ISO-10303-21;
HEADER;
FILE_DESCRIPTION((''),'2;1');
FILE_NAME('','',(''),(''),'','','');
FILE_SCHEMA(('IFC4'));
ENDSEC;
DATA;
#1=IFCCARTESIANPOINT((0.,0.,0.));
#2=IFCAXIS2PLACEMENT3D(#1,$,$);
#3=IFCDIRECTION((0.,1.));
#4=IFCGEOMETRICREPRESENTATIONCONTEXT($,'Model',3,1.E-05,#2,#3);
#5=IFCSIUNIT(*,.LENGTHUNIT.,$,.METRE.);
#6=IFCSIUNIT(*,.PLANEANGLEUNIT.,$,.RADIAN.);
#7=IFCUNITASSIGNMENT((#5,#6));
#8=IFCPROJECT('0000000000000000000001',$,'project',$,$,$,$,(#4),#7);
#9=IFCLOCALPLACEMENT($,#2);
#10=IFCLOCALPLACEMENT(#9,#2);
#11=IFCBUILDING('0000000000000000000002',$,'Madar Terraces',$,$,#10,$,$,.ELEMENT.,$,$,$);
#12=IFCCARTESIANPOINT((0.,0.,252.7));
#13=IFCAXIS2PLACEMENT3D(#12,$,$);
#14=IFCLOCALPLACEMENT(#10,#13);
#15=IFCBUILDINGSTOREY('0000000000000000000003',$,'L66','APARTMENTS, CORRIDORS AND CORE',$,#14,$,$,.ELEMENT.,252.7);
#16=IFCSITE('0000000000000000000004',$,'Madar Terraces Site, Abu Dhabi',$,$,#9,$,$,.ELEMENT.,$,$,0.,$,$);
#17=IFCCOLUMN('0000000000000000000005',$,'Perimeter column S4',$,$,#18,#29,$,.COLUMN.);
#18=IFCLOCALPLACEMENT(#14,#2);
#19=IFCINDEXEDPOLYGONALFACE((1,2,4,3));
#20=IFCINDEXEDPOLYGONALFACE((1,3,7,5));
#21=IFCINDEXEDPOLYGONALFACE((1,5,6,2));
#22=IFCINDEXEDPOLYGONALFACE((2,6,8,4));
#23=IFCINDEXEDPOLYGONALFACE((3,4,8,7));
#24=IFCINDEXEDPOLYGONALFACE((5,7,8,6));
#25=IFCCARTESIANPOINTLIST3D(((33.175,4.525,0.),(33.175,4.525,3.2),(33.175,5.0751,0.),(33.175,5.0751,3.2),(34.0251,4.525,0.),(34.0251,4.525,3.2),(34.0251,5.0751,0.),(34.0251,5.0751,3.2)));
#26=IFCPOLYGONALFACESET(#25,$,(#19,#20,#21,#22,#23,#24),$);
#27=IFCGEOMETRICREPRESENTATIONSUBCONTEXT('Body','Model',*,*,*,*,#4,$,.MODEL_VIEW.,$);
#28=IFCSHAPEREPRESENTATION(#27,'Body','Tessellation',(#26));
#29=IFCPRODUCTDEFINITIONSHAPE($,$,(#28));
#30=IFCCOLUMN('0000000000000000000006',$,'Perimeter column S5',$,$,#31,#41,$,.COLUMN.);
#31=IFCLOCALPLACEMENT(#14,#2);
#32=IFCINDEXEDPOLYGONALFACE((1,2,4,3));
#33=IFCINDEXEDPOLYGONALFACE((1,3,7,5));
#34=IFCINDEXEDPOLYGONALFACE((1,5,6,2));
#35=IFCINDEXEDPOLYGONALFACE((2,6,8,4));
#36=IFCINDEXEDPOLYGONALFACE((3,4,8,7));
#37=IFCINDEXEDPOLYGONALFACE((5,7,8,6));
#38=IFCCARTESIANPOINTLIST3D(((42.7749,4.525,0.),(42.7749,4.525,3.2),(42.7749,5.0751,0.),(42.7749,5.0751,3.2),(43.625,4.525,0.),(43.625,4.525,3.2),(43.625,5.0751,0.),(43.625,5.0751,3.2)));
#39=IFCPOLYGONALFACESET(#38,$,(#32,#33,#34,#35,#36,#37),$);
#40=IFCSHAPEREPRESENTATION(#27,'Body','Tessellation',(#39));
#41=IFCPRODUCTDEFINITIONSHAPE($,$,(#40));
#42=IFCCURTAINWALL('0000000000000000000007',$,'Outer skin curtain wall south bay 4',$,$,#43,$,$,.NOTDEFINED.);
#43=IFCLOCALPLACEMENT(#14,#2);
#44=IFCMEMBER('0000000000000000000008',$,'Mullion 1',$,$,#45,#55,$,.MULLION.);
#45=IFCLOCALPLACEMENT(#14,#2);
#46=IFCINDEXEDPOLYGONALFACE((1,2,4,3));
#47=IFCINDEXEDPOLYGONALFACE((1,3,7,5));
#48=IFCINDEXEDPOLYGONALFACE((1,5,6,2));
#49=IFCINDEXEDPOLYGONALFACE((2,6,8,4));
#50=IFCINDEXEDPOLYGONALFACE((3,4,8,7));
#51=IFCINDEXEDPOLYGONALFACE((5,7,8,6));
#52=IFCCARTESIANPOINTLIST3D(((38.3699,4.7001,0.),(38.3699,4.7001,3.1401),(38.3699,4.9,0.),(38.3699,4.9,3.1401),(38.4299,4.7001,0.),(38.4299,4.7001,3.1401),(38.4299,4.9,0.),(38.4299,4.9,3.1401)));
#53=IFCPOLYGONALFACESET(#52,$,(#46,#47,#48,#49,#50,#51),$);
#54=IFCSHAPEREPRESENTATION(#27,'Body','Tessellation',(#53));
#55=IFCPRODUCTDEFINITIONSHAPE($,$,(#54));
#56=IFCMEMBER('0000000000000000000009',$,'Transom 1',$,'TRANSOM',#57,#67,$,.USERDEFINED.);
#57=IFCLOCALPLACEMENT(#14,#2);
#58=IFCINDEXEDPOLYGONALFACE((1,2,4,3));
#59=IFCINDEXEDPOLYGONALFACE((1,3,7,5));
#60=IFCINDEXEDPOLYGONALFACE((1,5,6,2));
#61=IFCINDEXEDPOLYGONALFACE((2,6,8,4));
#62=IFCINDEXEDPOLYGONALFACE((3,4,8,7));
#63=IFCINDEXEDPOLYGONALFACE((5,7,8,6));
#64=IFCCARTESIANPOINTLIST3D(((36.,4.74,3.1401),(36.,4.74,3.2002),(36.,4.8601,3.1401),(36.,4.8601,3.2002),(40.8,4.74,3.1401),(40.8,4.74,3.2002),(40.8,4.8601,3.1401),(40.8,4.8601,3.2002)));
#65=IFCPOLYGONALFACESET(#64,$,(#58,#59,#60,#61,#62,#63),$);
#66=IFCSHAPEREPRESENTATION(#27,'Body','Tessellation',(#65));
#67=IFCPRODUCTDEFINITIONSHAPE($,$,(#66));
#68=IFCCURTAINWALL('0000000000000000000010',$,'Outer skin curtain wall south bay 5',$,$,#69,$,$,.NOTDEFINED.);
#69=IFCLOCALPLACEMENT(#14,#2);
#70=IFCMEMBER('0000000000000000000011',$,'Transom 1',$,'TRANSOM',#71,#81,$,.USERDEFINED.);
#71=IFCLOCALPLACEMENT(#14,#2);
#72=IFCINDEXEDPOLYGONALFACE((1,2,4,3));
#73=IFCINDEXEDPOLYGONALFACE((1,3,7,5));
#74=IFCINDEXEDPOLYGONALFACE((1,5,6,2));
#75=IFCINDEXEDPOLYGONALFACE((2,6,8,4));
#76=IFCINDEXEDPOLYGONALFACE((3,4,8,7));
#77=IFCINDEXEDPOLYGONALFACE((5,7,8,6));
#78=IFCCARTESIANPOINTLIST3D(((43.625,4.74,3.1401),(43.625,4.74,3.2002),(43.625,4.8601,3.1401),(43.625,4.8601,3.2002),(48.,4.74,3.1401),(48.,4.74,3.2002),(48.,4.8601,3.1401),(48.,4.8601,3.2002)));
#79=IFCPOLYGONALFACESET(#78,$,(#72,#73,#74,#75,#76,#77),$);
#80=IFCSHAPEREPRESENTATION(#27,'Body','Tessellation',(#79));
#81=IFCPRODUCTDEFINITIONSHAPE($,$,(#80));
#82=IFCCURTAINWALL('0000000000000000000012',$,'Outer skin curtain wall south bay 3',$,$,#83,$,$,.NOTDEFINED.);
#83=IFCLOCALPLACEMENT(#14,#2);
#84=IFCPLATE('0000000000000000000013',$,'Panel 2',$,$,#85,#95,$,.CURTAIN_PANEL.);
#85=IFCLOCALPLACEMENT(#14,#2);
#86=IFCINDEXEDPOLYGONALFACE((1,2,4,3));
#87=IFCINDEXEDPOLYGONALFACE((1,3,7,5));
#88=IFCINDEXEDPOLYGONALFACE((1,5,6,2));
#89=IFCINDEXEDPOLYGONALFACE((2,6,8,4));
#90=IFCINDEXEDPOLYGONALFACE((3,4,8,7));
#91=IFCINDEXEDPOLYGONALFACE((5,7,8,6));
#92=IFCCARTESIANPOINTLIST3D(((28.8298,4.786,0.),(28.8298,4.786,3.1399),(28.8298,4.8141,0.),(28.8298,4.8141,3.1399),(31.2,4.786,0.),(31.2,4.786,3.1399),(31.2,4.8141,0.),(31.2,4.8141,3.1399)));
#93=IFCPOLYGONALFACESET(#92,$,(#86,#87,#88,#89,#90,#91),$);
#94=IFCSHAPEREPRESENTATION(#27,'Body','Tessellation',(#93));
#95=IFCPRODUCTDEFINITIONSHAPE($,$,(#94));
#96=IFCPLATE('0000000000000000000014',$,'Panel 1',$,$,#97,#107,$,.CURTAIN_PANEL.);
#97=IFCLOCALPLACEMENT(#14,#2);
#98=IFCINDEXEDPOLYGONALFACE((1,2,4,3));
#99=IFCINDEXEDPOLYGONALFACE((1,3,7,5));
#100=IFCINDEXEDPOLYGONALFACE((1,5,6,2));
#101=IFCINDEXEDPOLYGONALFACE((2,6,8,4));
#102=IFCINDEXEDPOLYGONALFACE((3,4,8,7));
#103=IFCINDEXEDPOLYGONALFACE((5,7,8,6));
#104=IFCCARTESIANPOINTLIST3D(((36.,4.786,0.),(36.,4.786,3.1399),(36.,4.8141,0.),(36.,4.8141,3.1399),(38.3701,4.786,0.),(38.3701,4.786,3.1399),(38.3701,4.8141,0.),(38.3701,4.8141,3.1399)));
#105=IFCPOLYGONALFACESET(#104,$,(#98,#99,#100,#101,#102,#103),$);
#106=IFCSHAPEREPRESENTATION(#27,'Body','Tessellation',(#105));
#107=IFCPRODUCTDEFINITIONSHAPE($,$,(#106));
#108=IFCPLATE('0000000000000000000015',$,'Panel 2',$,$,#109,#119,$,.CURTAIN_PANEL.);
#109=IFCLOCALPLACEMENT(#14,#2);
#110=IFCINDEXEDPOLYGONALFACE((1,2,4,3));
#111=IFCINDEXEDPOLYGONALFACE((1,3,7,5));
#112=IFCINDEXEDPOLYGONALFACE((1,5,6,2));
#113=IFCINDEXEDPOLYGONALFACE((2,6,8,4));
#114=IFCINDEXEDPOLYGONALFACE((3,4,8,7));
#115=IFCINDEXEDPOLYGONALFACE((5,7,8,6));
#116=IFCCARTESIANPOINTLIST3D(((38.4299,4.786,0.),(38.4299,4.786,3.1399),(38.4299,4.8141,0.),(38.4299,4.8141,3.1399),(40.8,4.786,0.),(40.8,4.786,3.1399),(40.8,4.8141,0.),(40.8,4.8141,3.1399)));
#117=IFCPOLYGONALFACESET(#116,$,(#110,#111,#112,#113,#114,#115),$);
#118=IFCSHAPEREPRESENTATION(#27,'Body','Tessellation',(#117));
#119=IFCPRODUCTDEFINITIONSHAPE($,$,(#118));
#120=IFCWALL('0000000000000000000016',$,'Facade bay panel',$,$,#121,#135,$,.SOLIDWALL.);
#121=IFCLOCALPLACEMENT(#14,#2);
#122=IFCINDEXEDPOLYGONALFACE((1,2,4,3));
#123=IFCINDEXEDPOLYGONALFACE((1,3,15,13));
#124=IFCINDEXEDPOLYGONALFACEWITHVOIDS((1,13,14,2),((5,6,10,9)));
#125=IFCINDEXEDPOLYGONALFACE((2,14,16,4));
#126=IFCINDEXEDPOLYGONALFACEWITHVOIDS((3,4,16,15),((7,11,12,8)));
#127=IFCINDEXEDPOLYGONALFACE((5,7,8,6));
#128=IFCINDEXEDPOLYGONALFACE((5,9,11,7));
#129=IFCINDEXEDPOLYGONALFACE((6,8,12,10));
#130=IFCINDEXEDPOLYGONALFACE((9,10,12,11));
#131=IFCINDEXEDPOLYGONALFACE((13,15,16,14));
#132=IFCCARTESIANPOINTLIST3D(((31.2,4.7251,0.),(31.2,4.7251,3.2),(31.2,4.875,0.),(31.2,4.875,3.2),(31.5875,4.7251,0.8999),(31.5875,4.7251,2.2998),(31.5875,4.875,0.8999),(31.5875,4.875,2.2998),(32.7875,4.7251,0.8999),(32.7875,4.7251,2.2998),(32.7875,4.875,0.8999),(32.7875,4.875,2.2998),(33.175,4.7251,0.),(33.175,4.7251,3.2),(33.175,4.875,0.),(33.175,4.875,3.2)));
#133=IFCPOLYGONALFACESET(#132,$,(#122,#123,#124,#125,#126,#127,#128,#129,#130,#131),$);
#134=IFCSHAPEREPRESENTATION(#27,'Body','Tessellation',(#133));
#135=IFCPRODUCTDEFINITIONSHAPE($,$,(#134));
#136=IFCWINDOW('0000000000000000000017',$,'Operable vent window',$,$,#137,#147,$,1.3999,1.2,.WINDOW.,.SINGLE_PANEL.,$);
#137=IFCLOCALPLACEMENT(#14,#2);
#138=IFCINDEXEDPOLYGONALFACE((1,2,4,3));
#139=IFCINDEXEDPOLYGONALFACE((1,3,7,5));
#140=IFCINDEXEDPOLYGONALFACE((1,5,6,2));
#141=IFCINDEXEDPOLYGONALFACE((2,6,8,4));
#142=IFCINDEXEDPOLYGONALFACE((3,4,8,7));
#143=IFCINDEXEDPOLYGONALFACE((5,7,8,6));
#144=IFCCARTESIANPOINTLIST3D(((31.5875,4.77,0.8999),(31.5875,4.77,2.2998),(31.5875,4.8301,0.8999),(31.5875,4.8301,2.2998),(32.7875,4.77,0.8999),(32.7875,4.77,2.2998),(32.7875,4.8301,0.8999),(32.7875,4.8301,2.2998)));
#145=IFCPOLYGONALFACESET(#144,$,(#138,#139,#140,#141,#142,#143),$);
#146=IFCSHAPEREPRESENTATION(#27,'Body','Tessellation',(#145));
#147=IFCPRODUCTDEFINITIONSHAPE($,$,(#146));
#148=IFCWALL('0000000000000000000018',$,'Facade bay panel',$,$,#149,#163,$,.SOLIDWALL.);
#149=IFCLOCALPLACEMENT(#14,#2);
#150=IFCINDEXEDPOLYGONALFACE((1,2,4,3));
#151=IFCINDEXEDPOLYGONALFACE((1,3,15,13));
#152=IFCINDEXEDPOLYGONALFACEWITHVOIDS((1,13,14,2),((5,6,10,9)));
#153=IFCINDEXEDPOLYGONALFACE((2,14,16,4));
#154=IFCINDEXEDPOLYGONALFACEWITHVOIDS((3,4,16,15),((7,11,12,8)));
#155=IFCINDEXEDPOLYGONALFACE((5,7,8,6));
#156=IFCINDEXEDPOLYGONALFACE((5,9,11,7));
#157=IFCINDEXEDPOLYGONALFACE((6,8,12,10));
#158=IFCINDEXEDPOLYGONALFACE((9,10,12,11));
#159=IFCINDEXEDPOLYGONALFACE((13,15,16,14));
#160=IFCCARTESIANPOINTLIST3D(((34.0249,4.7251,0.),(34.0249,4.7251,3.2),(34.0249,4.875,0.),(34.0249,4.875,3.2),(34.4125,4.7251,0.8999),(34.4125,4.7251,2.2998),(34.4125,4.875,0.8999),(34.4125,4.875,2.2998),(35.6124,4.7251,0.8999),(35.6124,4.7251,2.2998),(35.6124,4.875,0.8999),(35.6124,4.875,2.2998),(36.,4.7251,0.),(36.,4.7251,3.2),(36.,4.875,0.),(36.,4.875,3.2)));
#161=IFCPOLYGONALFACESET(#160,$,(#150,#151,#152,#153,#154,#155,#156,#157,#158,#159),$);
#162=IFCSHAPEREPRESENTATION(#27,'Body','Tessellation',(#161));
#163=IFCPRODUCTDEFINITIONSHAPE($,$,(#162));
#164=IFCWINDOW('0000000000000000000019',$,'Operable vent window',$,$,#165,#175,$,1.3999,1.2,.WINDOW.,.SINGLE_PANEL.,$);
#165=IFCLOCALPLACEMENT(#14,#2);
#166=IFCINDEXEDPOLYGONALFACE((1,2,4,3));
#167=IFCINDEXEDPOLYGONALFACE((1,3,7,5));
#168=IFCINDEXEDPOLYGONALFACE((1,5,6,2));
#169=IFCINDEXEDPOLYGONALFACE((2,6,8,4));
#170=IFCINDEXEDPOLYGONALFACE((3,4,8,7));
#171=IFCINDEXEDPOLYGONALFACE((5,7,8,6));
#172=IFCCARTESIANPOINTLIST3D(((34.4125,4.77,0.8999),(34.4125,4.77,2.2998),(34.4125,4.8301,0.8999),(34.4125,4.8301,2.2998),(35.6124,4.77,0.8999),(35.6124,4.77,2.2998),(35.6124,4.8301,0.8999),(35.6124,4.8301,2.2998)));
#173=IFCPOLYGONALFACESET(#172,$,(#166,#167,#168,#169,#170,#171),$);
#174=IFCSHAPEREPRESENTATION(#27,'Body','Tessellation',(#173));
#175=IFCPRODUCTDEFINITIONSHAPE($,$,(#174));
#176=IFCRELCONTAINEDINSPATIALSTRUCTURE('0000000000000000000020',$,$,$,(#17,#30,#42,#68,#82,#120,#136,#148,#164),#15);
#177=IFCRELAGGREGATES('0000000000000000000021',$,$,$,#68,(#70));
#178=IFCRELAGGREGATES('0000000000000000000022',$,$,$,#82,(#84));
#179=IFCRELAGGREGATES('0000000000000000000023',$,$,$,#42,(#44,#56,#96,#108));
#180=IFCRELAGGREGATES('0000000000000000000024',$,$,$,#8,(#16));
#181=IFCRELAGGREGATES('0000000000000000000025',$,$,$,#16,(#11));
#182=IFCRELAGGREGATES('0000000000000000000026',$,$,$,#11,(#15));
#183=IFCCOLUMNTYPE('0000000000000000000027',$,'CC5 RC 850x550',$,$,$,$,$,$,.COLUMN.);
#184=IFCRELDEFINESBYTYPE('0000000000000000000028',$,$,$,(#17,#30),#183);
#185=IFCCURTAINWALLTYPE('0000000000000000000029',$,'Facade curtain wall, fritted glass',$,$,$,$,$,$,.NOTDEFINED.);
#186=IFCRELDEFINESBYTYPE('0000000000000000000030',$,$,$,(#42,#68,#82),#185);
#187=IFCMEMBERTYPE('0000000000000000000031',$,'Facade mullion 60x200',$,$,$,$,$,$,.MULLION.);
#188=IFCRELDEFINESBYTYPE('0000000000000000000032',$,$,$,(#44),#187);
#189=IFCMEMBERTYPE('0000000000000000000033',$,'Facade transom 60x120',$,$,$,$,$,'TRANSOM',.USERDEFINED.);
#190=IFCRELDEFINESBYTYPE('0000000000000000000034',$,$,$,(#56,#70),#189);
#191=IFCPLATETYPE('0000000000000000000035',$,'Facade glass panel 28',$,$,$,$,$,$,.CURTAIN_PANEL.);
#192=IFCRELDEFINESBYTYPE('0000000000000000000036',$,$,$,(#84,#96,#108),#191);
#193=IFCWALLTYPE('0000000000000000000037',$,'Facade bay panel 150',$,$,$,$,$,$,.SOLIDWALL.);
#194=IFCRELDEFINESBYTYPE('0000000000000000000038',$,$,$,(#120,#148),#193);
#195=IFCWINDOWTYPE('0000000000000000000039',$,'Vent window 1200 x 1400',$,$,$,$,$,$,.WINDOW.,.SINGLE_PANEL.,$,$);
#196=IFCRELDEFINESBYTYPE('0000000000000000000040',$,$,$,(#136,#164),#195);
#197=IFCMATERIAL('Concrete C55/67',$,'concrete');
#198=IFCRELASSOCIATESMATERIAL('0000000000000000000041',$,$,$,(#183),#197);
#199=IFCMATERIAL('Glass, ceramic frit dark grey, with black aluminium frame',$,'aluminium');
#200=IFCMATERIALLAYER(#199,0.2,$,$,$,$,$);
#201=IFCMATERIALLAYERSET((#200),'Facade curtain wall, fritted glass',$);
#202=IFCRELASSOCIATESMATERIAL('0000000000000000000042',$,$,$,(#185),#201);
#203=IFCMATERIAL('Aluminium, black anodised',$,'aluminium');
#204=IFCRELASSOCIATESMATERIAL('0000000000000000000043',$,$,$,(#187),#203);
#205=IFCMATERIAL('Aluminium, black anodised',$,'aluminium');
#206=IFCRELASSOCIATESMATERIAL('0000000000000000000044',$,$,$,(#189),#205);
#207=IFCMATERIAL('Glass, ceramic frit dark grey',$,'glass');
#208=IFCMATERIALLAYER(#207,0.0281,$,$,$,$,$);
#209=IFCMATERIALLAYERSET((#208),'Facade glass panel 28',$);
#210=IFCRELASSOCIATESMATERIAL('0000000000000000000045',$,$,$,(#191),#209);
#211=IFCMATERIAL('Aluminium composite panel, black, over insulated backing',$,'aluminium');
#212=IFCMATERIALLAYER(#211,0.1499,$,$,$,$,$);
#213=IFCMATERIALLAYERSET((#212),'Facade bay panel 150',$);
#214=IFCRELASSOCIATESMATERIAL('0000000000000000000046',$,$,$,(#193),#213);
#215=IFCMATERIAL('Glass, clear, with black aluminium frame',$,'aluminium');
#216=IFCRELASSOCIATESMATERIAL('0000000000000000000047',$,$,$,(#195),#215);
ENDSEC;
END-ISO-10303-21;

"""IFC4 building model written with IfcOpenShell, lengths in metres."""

from ifc_helpers import new_model, si_unit, direction, frame, frame_2d, origin, origin_2d, place, context, subcontext, project, spatial, rectangle, extrude, material, layer, layer_set, material_profile, profile_set, type_object, element, fill, aggregate, save


model = new_model("IFC4")

# Units and contexts
model_context = context("Model", 3, precision=1e-05, world=origin(), true_north=direction((0.0, 1.0)))
body_context = subcontext(model_context, "Body", "Model", "MODEL_VIEW")
ifc_project = project(units=[si_unit("LENGTHUNIT", "METRE"), si_unit("PLANEANGLEUNIT", "RADIAN")], contexts=[model_context])

# Site, building, storey
site_placement = place(None, origin())
site = spatial("IfcSite", under=ifc_project, at=site_placement, Name="Madar Terraces Site, Abu Dhabi", CompositionType="ELEMENT", RefElevation=0.0)
building_placement = place(site_placement, origin())
building = spatial("IfcBuilding", under=site, at=building_placement, Name="Madar Terraces", CompositionType="ELEMENT")
storey_placement = place(building_placement, frame((0.0, 0.0, 252.7)))
storey = spatial("IfcBuildingStorey", under=building, at=storey_placement, Name="L66", Description="APARTMENTS, CORRIDORS AND CORE", CompositionType="ELEMENT", Elevation=252.7)

# Columns
ifc_material_1 = material(Name="Concrete C55/67", Category="concrete")
ifc_material_profile_1 = material_profile(ifc_material_1, rectangle(XDim=0.8501, YDim=0.55, at=origin_2d()), Name="CC5 RC 850x550")
ifc_profile_set_1 = profile_set([ifc_material_profile_1], Name="Concrete C55/67")
column_type = type_object("IfcColumnType", Name="CC5 RC 850x550", PredefinedType="COLUMN", material=ifc_profile_set_1)
for number, where, z_axis, x_axis, name in (
    (1, (33.6001, 4.8, 0.0), (0.0, 0.0, 1.0), (1.0, 0.0, 0.0), "Perimeter column S4"),
    (2, (43.2, 4.8, 0.0), (0.0, 0.0, 1.0), (1.0, 0.0, 0.0), "Perimeter column S5"),
):
    element("IfcColumn", number, at=place(storey_placement, frame(where, z_axis=z_axis, x_axis=x_axis)), inside=storey, type_object=column_type, Name=name, PredefinedType="COLUMN", context=body_context, shape_type="SweptSolid", body=[
        extrude(rectangle(XDim=0.8501, YDim=0.55, at=origin_2d()), origin(), (0.0, 0.0, 1.0), 3.2),
    ])

# Curtain wall, members
ifc_material_2 = material(Name="Glass, ceramic frit dark grey, with black aluminium frame", Category="aluminium")
ifc_layer_1 = layer(ifc_material_2, 0.2)
ifc_layer_set_1 = layer_set([ifc_layer_1], Name="Facade curtain wall, fritted glass")
curtain_wall_type = type_object("IfcCurtainWallType", Name="Facade curtain wall, fritted glass", PredefinedType="NOTDEFINED", material=ifc_layer_set_1)
curtain_wall_1_placement = place(storey_placement, origin())
curtain_wall_1 = element("IfcCurtainWall", 3, at=curtain_wall_1_placement, inside=storey, type_object=curtain_wall_type, Name="Outer skin curtain wall south bay 4", PredefinedType="NOTDEFINED")
ifc_material_3 = material(Name="Aluminium, black anodised", Category="aluminium")
ifc_material_profile_2 = material_profile(ifc_material_3, rectangle(XDim=0.2, YDim=0.0601, at=origin_2d()), Name="Facade mullion 60x200")
ifc_profile_set_2 = profile_set([ifc_material_profile_2], Name="Aluminium, black anodised")
member_type_1 = type_object("IfcMemberType", Name="Facade mullion 60x200", PredefinedType="MULLION", material=ifc_profile_set_2)
member_1_placement = place(storey_placement, frame((38.3999, 4.8, 0.0), z_axis=(0.0, 0.0, 1.0), x_axis=(0.0, 1.0, 0.0)))
member_1 = element("IfcMember", 4, at=member_1_placement, type_object=member_type_1, Name="Mullion 1", PredefinedType="MULLION", context=body_context, shape_type="SweptSolid", body=[
    extrude(rectangle(XDim=0.2, YDim=0.0601, at=origin_2d()), origin(), (0.0, 0.0, 1.0), 3.1401),
])
ifc_material_4 = material(Name="Aluminium, black anodised", Category="aluminium")
ifc_material_profile_3 = material_profile(ifc_material_4, rectangle(XDim=0.1201, YDim=0.0601, at=origin_2d()), Name="Facade transom 60x120")
ifc_profile_set_3 = profile_set([ifc_material_profile_3], Name="Aluminium, black anodised")
member_type_2 = type_object("IfcMemberType", Name="Facade transom 60x120", ElementType="TRANSOM", PredefinedType="USERDEFINED", material=ifc_profile_set_3)
member_2_placement = place(storey_placement, frame((36.0, 4.8, 3.1702), z_axis=(1.0, 0.0, 0.0), x_axis=(0.0, 1.0, 0.0)))
member_2 = element("IfcMember", 5, at=member_2_placement, type_object=member_type_2, Name="Transom 1", ObjectType="TRANSOM", PredefinedType="USERDEFINED", context=body_context, shape_type="SweptSolid", body=[
    extrude(rectangle(XDim=0.1201, YDim=0.0601, at=origin_2d()), origin(), (0.0, 0.0, 1.0), 4.8),
])

# Curtain wall, member
curtain_wall_2_placement = place(storey_placement, origin())
curtain_wall_2 = element("IfcCurtainWall", 6, at=curtain_wall_2_placement, inside=storey, type_object=curtain_wall_type, Name="Outer skin curtain wall south bay 5", PredefinedType="NOTDEFINED")
member_3_placement = place(storey_placement, frame((43.625, 4.8, 3.1702), z_axis=(1.0, 0.0, 0.0), x_axis=(0.0, 1.0, 0.0)))
member_3 = element("IfcMember", 7, at=member_3_placement, type_object=member_type_2, Name="Transom 1", ObjectType="TRANSOM", PredefinedType="USERDEFINED", context=body_context, shape_type="SweptSolid", body=[
    extrude(rectangle(XDim=0.1201, YDim=0.0601, at=origin_2d()), origin(), (0.0, 0.0, 1.0), 4.375),
])
aggregate(curtain_wall_2, [member_3])

# Curtain wall, plate
curtain_wall_3_placement = place(storey_placement, origin())
curtain_wall_3 = element("IfcCurtainWall", 8, at=curtain_wall_3_placement, inside=storey, type_object=curtain_wall_type, Name="Outer skin curtain wall south bay 3", PredefinedType="NOTDEFINED")
ifc_material_5 = material(Name="Glass, ceramic frit dark grey", Category="glass")
ifc_layer_2 = layer(ifc_material_5, 0.0281)
ifc_layer_set_2 = layer_set([ifc_layer_2], Name="Facade glass panel 28")
plate_type = type_object("IfcPlateType", Name="Facade glass panel 28", PredefinedType="CURTAIN_PANEL", material=ifc_layer_set_2)
plate_1_placement = place(storey_placement, frame((30.0149, 4.8, 0.0), z_axis=(0.0, 0.0, 1.0), x_axis=(1.0, 0.0, 0.0)))
plate_1 = element("IfcPlate", 9, at=plate_1_placement, type_object=plate_type, Name="Panel 2", PredefinedType="CURTAIN_PANEL", context=body_context, shape_type="SweptSolid", body=[
    extrude(rectangle(XDim=2.3701, YDim=0.0281, at=origin_2d()), origin(), (0.0, 0.0, 1.0), 3.1399),
])
aggregate(curtain_wall_3, [plate_1])

# Plates
plate_2_placement = place(storey_placement, frame((37.1851, 4.8, 0.0), z_axis=(0.0, 0.0, 1.0), x_axis=(1.0, 0.0, 0.0)))
plate_2 = element("IfcPlate", 10, at=plate_2_placement, type_object=plate_type, Name="Panel 1", PredefinedType="CURTAIN_PANEL", context=body_context, shape_type="SweptSolid", body=[
    extrude(rectangle(XDim=2.3701, YDim=0.0281, at=origin_2d()), origin(), (0.0, 0.0, 1.0), 3.1399),
])
plate_3_placement = place(storey_placement, frame((39.615, 4.8, 0.0), z_axis=(0.0, 0.0, 1.0), x_axis=(1.0, 0.0, 0.0)))
plate_3 = element("IfcPlate", 11, at=plate_3_placement, type_object=plate_type, Name="Panel 2", PredefinedType="CURTAIN_PANEL", context=body_context, shape_type="SweptSolid", body=[
    extrude(rectangle(XDim=2.3701, YDim=0.0281, at=origin_2d()), origin(), (0.0, 0.0, 1.0), 3.1399),
])
aggregate(curtain_wall_1, [member_1, member_2, plate_2, plate_3])

# Walls, openings, windows
ifc_material_6 = material(Name="Aluminium composite panel, black, over insulated backing", Category="aluminium")
ifc_layer_3 = layer(ifc_material_6, 0.1499)
ifc_layer_set_3 = layer_set([ifc_layer_3], Name="Facade bay panel 150")
wall_type_1 = type_object("IfcWallType", Name="Facade bay panel 150", PredefinedType="SOLIDWALL", material=ifc_layer_set_3)
wall_1_placement = place(storey_placement, frame((31.2, 4.8, 0.0), z_axis=(0.0, 0.0, 1.0), x_axis=(1.0, 0.0, 0.0)))
wall_1 = element("IfcWall", 12, at=wall_1_placement, inside=storey, type_object=wall_type_1, Name="Facade bay panel", PredefinedType="SOLIDWALL", context=body_context, shape_type="SweptSolid", body=[
    extrude(rectangle(XDim=1.9751, YDim=0.1499, at=frame_2d((0.9875, 0.0))), origin(), (0.0, 0.0, 1.0), 3.2),
])
opening_1_placement = place(wall_1_placement, frame((0.3875, 0.0, 0.8999)))
opening_1 = element("IfcOpeningElement", 13, at=opening_1_placement, cuts=wall_1, PredefinedType="OPENING", context=body_context, shape_type="SweptSolid", body=[
    extrude(rectangle(XDim=1.2, YDim=1.3999, at=frame_2d((0.6001, 0.7))), frame((0.0, 0.085, 0.0), z_axis=(0.0, -1.0, 0.0), x_axis=(1.0, 0.0, 0.0)), (0.0, 0.0, 1.0), 0.1699),
])
ifc_material_7 = material(Name="Glass, clear, with black aluminium frame", Category="aluminium")
window_type = type_object("IfcWindowType", Name="Vent window 1200 x 1400", PartitioningType="SINGLE_PANEL", PredefinedType="WINDOW", material=ifc_material_7)
window_1_placement = place(opening_1_placement, origin())
window_1 = element("IfcWindow", 14, at=window_1_placement, inside=storey, type_object=window_type, Name="Operable vent window", OverallHeight=1.3999, OverallWidth=1.2, PartitioningType="SINGLE_PANEL", PredefinedType="WINDOW", context=body_context, shape_type="SweptSolid", body=[
    extrude(rectangle(XDim=1.2, YDim=1.3999, at=frame_2d((0.6001, 0.7))), frame((0.0, 0.03, 0.0), z_axis=(0.0, -1.0, 0.0), x_axis=(1.0, 0.0, 0.0)), (0.0, 0.0, 1.0), 0.0601),
])
fill(opening_1, window_1)
wall_2_placement = place(storey_placement, frame((34.0249, 4.8, 0.0), z_axis=(0.0, 0.0, 1.0), x_axis=(1.0, 0.0, 0.0)))
wall_2 = element("IfcWall", 15, at=wall_2_placement, inside=storey, type_object=wall_type_1, Name="Facade bay panel", PredefinedType="SOLIDWALL", context=body_context, shape_type="SweptSolid", body=[
    extrude(rectangle(XDim=1.9751, YDim=0.1499, at=frame_2d((0.9875, 0.0))), origin(), (0.0, 0.0, 1.0), 3.2),
])
opening_2_placement = place(wall_2_placement, frame((0.3875, 0.0, 0.8999)))
opening_2 = element("IfcOpeningElement", 16, at=opening_2_placement, cuts=wall_2, PredefinedType="OPENING", context=body_context, shape_type="SweptSolid", body=[
    extrude(rectangle(XDim=1.2, YDim=1.3999, at=frame_2d((0.6001, 0.7))), frame((0.0, 0.085, 0.0), z_axis=(0.0, -1.0, 0.0), x_axis=(1.0, 0.0, 0.0)), (0.0, 0.0, 1.0), 0.1699),
])
window_2_placement = place(opening_2_placement, origin())
window_2 = element("IfcWindow", 17, at=window_2_placement, inside=storey, type_object=window_type, Name="Operable vent window", OverallHeight=1.3999, OverallWidth=1.2, PartitioningType="SINGLE_PANEL", PredefinedType="WINDOW", context=body_context, shape_type="SweptSolid", body=[
    extrude(rectangle(XDim=1.2, YDim=1.3999, at=frame_2d((0.6001, 0.7))), frame((0.0, 0.03, 0.0), z_axis=(0.0, -1.0, 0.0), x_axis=(1.0, 0.0, 0.0)), (0.0, 0.0, 1.0), 0.0601),
])
fill(opening_2, window_2)

save(model, "model.ifc")
